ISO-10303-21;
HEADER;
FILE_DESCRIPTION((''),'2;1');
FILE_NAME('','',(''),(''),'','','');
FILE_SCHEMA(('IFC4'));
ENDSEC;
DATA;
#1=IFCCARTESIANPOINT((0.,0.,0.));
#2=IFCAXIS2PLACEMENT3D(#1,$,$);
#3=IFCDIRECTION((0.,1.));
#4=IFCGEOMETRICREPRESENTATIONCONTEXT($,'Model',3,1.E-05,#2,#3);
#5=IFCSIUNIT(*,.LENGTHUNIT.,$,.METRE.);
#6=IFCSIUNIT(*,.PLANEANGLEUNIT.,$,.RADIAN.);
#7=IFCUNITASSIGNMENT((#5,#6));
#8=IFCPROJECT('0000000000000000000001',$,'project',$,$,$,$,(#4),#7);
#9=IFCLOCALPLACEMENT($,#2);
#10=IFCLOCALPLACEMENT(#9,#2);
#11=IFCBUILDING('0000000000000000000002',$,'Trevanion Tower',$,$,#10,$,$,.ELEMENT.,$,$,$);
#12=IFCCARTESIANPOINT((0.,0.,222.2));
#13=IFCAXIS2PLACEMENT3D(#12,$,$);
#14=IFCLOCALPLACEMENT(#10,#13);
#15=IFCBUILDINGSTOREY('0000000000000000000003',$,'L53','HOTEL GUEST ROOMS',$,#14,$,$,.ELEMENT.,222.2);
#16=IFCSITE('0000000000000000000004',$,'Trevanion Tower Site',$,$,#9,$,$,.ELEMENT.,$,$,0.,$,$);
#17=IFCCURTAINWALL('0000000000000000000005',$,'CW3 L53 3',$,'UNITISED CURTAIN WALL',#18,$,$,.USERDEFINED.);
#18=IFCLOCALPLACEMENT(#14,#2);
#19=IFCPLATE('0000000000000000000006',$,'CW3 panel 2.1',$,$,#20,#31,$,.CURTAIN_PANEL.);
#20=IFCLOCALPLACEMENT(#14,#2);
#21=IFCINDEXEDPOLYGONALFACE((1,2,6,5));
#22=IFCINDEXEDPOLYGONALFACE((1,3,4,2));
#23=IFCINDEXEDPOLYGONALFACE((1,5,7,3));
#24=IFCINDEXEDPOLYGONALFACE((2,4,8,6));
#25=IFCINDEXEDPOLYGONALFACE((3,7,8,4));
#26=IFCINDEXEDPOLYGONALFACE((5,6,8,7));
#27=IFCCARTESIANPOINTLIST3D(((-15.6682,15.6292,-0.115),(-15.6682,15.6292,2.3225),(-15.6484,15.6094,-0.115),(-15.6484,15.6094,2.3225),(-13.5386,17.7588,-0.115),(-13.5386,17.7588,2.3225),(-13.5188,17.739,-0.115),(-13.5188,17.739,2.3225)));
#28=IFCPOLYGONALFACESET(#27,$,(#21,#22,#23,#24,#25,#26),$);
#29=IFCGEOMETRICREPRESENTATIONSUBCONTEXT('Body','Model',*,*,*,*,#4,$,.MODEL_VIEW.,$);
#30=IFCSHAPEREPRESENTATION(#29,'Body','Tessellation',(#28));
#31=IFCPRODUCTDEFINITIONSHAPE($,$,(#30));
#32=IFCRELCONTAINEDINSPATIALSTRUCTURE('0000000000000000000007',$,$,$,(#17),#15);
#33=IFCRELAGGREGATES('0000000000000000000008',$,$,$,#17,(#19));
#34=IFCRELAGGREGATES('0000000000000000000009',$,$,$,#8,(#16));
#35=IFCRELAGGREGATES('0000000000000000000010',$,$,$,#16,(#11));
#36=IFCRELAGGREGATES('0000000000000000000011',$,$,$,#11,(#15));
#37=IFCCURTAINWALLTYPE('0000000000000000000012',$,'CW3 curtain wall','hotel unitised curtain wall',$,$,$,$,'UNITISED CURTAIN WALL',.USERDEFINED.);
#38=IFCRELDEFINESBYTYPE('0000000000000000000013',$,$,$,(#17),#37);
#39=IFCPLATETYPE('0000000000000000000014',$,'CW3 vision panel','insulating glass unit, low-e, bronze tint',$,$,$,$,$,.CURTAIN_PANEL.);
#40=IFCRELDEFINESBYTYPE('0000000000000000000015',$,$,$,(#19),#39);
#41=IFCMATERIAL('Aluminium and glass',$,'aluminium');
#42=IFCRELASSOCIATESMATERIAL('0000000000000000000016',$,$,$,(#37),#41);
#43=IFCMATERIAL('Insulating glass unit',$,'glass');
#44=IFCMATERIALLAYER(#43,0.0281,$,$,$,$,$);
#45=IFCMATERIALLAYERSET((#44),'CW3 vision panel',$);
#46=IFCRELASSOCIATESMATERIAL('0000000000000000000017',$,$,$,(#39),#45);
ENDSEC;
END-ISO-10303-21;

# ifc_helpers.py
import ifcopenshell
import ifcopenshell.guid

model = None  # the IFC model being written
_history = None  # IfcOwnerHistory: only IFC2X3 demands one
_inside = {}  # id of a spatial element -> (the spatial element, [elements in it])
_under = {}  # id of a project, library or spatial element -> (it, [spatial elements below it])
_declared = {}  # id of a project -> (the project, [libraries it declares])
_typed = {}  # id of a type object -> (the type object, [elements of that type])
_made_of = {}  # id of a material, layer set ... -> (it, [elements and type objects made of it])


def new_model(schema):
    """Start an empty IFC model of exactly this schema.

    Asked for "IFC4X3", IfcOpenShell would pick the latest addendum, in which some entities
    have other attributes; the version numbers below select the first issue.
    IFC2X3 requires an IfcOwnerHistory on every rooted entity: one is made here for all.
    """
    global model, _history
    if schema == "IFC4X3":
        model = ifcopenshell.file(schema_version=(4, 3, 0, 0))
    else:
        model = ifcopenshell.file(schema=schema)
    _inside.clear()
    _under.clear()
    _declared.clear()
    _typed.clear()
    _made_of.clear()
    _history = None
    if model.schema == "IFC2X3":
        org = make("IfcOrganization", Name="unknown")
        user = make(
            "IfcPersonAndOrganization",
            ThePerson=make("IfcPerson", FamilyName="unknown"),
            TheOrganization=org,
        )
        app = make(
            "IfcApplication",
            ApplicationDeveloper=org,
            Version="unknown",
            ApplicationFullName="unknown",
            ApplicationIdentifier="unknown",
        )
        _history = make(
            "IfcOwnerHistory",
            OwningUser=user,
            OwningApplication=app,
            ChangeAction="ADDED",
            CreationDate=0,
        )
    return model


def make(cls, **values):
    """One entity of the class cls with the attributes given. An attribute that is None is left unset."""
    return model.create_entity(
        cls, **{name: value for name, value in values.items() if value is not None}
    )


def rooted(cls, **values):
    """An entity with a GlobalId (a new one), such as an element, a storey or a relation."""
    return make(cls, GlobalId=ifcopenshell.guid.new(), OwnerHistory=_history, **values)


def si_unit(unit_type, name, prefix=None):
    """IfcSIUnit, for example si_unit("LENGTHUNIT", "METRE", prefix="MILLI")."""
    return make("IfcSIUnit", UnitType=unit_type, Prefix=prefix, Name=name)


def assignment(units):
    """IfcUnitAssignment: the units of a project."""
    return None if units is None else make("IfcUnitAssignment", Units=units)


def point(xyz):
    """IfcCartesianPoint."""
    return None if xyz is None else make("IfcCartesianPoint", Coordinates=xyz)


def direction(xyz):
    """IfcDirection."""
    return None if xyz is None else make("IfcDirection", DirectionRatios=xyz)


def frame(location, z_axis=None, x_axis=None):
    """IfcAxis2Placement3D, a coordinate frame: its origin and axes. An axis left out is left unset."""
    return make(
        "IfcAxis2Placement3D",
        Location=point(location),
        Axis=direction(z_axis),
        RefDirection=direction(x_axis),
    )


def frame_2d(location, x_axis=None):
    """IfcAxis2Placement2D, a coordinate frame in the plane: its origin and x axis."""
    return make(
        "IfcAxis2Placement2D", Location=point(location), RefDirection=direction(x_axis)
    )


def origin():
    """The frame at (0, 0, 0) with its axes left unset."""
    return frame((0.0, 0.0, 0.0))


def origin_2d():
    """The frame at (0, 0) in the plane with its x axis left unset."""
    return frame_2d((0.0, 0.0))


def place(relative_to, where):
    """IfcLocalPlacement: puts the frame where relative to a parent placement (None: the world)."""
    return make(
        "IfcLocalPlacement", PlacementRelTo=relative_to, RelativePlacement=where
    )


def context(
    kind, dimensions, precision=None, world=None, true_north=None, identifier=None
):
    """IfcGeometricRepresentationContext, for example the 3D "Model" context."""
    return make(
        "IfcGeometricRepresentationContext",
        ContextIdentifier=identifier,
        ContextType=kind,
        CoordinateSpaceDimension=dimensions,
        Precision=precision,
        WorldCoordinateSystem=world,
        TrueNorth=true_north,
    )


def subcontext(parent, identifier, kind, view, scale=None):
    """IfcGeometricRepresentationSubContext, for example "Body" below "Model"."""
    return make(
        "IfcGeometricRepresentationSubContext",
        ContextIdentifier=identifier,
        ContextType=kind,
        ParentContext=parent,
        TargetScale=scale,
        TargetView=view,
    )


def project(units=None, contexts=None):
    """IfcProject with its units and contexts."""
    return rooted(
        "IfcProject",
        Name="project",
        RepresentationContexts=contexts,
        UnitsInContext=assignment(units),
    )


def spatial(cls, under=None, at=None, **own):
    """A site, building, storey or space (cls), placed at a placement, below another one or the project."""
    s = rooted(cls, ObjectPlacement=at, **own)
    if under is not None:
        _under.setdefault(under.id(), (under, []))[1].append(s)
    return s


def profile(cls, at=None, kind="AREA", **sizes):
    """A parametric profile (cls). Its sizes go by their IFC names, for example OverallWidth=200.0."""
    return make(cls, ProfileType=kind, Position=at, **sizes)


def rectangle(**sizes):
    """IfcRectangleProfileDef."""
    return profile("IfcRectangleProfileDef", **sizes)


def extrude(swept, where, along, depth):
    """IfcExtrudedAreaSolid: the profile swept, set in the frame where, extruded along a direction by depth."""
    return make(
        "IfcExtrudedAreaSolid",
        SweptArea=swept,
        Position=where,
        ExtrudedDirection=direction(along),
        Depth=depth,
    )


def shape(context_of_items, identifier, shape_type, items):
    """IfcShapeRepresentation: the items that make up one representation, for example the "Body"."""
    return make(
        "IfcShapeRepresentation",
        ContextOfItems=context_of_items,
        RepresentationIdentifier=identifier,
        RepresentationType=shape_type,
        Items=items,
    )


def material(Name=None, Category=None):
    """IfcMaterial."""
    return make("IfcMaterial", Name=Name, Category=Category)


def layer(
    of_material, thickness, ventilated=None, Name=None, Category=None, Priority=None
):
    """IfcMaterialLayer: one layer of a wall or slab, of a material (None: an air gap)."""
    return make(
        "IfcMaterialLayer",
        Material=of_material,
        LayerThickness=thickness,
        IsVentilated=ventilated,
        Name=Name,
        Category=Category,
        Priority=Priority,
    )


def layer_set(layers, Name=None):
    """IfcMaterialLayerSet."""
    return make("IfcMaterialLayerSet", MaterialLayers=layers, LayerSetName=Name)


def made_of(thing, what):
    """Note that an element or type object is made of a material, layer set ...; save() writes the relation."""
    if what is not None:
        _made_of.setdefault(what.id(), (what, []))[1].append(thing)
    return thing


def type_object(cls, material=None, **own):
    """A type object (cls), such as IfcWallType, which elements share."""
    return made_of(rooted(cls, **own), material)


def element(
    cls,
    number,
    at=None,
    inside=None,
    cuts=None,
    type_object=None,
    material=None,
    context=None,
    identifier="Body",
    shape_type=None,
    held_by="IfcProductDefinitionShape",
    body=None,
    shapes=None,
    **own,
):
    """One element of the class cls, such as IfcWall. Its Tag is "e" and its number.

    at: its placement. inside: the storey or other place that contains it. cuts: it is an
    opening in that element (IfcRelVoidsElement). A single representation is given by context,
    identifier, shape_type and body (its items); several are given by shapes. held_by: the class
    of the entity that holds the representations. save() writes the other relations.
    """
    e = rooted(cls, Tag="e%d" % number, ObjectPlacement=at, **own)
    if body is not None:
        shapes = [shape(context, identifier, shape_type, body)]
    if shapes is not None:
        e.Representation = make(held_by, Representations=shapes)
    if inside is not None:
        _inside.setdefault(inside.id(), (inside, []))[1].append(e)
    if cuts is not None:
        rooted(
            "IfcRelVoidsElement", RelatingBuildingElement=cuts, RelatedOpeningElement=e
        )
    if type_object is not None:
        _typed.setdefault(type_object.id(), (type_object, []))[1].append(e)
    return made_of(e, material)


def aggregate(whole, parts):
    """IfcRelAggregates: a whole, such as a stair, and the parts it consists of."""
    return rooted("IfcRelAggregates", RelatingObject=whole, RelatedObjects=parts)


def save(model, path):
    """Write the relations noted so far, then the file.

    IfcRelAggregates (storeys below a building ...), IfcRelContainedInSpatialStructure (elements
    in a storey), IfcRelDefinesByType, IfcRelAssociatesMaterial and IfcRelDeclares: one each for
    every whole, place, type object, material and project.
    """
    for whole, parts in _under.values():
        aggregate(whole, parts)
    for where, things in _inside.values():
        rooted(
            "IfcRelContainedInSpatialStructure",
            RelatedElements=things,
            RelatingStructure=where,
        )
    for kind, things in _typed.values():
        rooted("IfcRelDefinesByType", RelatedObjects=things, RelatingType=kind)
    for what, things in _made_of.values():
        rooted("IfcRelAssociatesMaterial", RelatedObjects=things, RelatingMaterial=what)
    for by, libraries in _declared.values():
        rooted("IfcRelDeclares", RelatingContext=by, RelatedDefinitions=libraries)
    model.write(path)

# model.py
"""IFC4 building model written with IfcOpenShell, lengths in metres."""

from ifc_helpers import new_model, si_unit, direction, frame, origin, origin_2d, place, context, subcontext, project, spatial, rectangle, extrude, material, layer, layer_set, type_object, element, aggregate, save


model = new_model("IFC4")

# Units and contexts
model_context = context("Model", 3, precision=1e-05, world=origin(), true_north=direction((0.0, 1.0)))
body_context = subcontext(model_context, "Body", "Model", "MODEL_VIEW")
ifc_project = project(units=[si_unit("LENGTHUNIT", "METRE"), si_unit("PLANEANGLEUNIT", "RADIAN")], contexts=[model_context])

# Site, building, storey
site_placement = place(None, origin())
site = spatial("IfcSite", under=ifc_project, at=site_placement, Name="Trevanion Tower Site", CompositionType="ELEMENT", RefElevation=0.0)
building_placement = place(site_placement, origin())
building = spatial("IfcBuilding", under=site, at=building_placement, Name="Trevanion Tower", CompositionType="ELEMENT")
storey_placement = place(building_placement, frame((0.0, 0.0, 222.2)))
storey = spatial("IfcBuildingStorey", under=building, at=storey_placement, Name="L53", Description="HOTEL GUEST ROOMS", CompositionType="ELEMENT", Elevation=222.2)

# Curtain wall
ifc_material_1 = material(Name="Aluminium and glass", Category="aluminium")
curtain_wall_type = type_object("IfcCurtainWallType", Name="CW3 curtain wall", Description="hotel unitised curtain wall", ElementType="UNITISED CURTAIN WALL", PredefinedType="USERDEFINED", material=ifc_material_1)
curtain_wall_1_placement = place(storey_placement, origin())
curtain_wall_1 = element("IfcCurtainWall", 1, at=curtain_wall_1_placement, inside=storey, type_object=curtain_wall_type, Name="CW3 L53 3", ObjectType="UNITISED CURTAIN WALL", PredefinedType="USERDEFINED")

# Plate
ifc_material_2 = material(Name="Insulating glass unit", Category="glass")
ifc_layer_1 = layer(ifc_material_2, 0.0281)
ifc_layer_set_1 = layer_set([ifc_layer_1], Name="CW3 vision panel")
plate_type_1 = type_object("IfcPlateType", Name="CW3 vision panel", Description="insulating glass unit, low-e, bronze tint", PredefinedType="CURTAIN_PANEL", material=ifc_layer_set_1)
plate_1_placement = place(storey_placement, frame((-14.5935, 16.6841, -0.115), z_axis=(0.0, 0.0, 1.0), x_axis=(-0.707107, -0.707107, 0.0)))
plate_1 = element("IfcPlate", 2, at=plate_1_placement, type_object=plate_type_1, Name="CW3 panel 2.1", PredefinedType="CURTAIN_PANEL", context=body_context, shape_type="SweptSolid", body=[
    extrude(rectangle(XDim=3.0117, YDim=0.0281, at=origin_2d()), origin(), (0.0, 0.0, 1.0), 2.4375),
])
aggregate(curtain_wall_1, [plate_1])

save(model, "model.ifc")
